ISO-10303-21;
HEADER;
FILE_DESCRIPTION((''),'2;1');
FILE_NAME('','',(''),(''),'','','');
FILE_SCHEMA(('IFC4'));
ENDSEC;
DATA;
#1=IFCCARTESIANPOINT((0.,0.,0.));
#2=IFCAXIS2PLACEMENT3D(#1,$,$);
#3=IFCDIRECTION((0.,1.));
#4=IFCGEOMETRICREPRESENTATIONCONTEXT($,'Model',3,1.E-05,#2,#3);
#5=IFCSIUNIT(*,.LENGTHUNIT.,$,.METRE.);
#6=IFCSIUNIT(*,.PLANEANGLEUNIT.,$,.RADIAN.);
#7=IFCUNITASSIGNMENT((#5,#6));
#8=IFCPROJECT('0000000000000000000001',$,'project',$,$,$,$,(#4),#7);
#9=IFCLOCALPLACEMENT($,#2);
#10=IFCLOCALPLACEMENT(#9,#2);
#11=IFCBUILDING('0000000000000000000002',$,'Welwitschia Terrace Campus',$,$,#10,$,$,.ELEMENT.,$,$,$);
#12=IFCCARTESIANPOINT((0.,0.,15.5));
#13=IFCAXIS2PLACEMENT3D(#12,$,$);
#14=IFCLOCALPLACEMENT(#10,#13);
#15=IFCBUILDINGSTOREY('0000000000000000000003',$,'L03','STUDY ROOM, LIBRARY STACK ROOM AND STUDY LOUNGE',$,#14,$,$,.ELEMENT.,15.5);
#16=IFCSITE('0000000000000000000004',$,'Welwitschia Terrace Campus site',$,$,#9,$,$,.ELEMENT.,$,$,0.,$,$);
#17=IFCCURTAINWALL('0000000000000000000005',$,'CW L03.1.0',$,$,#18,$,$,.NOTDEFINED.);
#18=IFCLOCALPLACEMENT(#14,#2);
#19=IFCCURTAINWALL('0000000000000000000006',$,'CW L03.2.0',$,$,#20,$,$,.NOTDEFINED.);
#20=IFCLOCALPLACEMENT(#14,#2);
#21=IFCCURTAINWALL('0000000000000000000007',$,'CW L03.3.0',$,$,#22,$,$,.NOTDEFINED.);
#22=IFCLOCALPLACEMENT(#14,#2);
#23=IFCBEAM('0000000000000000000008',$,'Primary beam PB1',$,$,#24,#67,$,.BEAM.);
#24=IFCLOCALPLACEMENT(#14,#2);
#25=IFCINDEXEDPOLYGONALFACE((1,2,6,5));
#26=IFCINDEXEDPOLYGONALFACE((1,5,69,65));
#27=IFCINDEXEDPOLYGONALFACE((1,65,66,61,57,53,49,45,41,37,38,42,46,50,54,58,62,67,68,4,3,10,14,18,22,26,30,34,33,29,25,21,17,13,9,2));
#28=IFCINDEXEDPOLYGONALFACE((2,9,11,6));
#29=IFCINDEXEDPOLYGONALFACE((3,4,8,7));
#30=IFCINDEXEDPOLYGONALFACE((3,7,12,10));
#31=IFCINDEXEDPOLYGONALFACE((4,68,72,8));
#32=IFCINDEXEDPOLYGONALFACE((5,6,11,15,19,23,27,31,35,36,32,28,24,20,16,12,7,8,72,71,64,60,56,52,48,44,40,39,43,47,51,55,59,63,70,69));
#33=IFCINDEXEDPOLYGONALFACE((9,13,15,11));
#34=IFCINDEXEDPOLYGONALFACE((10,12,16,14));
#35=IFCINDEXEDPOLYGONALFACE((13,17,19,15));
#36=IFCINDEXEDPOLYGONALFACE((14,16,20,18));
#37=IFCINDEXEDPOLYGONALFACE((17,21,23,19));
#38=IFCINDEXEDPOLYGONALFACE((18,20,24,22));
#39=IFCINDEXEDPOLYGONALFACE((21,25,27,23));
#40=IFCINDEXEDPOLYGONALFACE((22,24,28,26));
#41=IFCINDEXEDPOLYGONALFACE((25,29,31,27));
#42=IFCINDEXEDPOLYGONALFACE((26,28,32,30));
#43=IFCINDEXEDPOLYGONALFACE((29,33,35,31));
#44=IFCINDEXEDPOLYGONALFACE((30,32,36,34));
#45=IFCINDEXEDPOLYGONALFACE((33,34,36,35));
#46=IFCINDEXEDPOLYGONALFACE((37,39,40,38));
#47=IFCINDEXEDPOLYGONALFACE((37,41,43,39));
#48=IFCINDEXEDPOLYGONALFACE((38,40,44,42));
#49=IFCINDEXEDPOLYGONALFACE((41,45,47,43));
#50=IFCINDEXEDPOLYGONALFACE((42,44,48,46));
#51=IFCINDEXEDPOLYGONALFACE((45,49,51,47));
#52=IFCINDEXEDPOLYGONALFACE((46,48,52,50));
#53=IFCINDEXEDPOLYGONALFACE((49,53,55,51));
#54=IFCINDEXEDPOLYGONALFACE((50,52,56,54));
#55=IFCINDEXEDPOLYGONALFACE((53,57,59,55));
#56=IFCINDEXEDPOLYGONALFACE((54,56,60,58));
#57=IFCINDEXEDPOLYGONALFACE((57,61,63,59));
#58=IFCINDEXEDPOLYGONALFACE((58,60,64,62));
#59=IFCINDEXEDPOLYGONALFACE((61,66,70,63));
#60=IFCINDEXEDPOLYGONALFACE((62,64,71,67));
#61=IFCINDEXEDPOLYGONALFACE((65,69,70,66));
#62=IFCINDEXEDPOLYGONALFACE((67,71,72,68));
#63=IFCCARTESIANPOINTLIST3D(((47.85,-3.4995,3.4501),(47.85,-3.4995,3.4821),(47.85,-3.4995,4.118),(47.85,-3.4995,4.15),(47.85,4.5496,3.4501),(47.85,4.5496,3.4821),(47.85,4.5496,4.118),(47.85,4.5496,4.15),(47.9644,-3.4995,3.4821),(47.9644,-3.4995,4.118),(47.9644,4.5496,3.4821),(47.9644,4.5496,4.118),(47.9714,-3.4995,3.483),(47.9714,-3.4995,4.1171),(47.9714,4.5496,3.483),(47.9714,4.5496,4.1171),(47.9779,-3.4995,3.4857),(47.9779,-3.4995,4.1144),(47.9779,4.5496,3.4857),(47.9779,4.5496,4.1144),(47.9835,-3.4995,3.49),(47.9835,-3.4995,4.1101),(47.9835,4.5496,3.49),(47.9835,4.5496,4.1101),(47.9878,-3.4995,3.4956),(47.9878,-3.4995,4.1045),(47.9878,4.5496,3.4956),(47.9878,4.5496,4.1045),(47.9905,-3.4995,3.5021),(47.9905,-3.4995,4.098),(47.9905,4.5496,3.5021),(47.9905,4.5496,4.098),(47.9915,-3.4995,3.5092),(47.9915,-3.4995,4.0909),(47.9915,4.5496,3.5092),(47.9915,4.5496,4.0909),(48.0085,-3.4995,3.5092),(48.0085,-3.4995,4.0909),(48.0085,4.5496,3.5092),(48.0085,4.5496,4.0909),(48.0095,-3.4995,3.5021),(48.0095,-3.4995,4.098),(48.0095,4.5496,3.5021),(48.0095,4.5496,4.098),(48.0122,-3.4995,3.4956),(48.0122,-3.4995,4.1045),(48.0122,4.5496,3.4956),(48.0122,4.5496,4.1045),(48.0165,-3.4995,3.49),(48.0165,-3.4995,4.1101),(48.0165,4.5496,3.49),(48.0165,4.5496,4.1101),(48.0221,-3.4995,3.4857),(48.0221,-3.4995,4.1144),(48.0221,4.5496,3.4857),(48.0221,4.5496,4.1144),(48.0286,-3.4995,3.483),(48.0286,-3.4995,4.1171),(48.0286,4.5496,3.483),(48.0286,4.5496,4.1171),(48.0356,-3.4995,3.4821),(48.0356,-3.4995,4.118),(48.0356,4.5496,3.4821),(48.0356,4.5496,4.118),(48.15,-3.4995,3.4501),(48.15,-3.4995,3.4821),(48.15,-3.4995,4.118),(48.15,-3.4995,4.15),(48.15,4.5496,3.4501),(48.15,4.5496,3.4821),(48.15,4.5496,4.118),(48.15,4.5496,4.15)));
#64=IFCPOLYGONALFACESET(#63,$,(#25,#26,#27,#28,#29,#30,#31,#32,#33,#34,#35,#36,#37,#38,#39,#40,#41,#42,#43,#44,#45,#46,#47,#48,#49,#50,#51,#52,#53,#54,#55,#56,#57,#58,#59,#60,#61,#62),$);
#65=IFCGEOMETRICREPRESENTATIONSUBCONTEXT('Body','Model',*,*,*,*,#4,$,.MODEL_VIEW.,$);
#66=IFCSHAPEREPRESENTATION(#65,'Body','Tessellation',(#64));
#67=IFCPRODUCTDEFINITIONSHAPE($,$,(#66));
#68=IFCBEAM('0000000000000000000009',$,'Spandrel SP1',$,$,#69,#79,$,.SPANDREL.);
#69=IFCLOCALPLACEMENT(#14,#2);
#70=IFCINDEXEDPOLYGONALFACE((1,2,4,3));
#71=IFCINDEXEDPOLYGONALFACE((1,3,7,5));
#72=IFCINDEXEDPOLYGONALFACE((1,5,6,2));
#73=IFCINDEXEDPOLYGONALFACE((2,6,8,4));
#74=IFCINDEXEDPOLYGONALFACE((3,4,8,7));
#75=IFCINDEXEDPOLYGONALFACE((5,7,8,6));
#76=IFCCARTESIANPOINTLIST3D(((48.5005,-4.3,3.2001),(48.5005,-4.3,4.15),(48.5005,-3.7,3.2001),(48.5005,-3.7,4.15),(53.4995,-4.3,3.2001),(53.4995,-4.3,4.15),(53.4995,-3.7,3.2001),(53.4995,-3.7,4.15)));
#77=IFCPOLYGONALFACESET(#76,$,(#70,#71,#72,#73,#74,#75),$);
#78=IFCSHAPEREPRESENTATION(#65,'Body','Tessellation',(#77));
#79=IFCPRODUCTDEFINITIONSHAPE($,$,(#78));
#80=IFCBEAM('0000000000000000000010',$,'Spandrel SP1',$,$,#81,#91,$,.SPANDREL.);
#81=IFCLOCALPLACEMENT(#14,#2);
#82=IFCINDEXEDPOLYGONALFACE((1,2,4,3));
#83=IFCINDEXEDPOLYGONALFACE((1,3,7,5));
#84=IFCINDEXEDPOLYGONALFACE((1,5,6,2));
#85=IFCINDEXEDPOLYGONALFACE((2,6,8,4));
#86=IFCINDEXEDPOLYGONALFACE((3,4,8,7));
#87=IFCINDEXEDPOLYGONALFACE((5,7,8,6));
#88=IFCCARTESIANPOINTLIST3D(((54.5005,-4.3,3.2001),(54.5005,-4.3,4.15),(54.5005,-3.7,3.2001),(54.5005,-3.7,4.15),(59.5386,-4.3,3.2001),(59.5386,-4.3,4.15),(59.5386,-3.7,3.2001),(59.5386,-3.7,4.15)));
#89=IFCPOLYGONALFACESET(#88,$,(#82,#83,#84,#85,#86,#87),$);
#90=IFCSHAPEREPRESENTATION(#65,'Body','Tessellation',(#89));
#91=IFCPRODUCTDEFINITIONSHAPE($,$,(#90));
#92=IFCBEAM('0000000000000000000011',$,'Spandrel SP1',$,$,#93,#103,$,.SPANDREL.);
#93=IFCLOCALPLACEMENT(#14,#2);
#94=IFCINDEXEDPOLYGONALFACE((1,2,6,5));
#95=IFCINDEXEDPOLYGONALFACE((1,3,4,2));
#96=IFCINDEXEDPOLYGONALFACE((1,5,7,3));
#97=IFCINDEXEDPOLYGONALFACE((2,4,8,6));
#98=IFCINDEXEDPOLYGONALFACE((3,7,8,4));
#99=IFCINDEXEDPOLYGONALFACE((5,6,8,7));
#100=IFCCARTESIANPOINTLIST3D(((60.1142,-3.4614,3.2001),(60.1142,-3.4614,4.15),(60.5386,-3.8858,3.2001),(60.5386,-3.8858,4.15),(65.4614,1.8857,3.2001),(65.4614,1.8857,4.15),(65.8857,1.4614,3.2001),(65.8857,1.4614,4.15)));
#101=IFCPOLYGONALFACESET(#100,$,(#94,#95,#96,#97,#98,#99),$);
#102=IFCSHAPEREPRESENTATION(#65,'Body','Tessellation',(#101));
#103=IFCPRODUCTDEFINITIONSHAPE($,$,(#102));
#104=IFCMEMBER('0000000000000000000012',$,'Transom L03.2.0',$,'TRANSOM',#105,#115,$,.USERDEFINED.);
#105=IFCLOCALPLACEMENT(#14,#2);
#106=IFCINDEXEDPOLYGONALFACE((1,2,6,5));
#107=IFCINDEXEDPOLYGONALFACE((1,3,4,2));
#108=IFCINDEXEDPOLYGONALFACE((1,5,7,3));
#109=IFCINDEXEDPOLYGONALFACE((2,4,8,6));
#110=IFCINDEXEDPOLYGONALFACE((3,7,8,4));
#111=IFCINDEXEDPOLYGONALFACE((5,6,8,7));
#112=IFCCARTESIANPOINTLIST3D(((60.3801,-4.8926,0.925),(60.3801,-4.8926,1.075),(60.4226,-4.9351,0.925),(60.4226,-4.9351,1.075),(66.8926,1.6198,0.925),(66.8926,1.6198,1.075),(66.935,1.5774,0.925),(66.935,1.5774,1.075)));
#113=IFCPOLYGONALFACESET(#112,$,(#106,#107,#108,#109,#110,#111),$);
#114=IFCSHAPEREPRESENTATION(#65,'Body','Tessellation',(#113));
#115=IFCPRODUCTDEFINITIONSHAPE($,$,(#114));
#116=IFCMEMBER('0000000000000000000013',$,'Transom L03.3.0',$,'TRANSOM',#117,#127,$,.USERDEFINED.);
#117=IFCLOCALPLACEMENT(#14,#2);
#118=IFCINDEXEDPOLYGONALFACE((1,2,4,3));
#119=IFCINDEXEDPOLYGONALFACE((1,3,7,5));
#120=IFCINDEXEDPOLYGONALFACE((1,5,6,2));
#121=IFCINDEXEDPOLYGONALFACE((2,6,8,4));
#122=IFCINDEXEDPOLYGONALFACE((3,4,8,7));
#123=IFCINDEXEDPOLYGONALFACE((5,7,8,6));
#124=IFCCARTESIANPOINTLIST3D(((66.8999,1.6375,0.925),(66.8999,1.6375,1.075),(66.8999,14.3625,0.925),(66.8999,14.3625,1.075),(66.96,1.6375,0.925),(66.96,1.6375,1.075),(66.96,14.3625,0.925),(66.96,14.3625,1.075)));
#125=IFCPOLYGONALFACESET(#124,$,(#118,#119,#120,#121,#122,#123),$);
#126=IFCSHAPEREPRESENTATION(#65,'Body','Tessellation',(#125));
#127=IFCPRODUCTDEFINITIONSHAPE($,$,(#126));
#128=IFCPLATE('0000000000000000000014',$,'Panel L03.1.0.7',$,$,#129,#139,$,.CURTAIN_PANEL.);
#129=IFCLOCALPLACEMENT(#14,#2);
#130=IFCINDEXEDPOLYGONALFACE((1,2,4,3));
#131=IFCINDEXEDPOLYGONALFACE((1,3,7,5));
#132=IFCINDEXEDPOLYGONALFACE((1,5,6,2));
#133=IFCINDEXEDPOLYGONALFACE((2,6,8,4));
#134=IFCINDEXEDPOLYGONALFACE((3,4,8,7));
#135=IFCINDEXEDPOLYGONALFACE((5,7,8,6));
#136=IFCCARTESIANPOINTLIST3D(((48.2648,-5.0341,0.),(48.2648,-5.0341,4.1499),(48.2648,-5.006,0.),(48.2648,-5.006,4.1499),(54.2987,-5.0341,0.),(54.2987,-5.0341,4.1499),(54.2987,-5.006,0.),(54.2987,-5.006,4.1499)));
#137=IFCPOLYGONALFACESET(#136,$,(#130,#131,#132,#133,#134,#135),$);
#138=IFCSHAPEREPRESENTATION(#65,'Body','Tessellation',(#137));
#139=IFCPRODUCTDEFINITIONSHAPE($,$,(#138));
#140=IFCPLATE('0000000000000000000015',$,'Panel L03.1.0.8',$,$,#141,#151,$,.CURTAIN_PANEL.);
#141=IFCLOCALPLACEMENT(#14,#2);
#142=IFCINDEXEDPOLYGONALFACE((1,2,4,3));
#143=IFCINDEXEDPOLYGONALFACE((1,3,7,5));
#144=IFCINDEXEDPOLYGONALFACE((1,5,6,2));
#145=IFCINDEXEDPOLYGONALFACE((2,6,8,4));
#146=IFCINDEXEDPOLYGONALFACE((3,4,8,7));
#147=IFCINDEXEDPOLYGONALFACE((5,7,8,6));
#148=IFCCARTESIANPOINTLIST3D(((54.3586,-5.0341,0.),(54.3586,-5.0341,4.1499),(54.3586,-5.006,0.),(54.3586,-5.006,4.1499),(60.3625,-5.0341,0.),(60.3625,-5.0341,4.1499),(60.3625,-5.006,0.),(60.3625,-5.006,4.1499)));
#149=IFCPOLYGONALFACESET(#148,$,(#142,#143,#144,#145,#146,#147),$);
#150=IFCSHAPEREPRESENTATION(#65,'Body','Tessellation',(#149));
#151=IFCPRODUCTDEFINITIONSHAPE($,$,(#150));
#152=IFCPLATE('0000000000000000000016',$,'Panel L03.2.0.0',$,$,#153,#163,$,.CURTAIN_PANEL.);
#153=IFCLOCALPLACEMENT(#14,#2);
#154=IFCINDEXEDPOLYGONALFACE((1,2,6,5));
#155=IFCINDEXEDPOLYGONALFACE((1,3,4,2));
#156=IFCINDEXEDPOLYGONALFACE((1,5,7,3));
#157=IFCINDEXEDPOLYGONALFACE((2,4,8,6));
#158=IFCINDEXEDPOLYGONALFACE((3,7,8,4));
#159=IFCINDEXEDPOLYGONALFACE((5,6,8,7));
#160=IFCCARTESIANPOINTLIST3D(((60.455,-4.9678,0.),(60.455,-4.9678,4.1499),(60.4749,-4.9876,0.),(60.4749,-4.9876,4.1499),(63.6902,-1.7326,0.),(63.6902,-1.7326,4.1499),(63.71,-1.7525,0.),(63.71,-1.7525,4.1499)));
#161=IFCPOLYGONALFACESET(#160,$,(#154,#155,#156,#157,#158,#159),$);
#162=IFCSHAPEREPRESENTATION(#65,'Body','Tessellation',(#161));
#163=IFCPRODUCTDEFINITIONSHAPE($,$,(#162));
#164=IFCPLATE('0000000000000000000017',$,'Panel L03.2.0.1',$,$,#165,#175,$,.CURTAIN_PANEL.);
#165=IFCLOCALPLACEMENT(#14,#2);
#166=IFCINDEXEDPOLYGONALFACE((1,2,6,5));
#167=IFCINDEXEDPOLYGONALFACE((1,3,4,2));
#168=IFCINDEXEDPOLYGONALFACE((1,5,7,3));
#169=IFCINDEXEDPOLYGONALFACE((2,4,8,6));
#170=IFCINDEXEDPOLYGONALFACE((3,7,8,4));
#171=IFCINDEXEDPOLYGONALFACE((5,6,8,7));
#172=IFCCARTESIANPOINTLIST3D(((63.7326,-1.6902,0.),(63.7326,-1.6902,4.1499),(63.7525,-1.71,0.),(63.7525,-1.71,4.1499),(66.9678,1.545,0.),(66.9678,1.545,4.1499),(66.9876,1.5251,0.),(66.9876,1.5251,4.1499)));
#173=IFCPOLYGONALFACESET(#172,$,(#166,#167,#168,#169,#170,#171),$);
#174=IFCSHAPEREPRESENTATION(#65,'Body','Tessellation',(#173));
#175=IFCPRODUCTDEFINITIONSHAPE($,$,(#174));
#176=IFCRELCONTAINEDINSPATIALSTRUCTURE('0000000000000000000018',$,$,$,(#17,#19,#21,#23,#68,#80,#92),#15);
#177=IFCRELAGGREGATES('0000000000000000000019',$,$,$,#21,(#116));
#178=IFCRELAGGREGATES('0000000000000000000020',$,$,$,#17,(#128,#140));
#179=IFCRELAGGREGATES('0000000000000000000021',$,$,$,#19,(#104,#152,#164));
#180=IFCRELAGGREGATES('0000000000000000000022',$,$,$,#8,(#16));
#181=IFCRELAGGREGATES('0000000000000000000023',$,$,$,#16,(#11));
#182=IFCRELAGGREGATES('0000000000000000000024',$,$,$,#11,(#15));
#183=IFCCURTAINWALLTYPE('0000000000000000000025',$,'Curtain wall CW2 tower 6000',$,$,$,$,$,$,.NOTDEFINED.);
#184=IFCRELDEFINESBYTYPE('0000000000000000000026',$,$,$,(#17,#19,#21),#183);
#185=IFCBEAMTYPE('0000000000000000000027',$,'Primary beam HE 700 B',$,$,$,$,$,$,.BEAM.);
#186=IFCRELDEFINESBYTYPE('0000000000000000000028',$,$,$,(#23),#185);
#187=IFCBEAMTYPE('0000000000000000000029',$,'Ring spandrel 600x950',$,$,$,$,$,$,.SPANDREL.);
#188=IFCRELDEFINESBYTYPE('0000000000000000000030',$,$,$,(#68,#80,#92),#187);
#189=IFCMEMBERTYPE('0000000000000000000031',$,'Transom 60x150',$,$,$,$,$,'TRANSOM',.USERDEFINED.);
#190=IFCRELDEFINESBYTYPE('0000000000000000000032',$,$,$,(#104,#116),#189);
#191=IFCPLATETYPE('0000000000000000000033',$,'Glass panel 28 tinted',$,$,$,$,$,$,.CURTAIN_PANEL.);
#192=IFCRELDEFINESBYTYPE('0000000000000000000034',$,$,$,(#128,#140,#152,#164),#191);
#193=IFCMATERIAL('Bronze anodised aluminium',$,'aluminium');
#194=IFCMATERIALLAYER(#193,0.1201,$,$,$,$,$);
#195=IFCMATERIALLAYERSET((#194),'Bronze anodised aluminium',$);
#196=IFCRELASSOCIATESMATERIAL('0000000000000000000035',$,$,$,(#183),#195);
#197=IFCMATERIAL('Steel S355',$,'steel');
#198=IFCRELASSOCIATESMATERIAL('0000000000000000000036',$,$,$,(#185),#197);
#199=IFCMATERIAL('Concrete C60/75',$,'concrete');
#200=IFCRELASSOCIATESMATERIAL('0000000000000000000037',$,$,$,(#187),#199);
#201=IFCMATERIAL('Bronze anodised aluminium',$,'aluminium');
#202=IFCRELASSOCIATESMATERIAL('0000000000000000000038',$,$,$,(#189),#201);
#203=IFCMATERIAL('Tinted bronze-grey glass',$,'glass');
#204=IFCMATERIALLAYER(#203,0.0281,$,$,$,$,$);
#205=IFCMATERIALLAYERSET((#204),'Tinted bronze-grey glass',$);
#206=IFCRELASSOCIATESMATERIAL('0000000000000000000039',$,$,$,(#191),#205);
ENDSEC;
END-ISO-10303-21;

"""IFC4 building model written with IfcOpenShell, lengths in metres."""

from ifc_helpers import new_model, si_unit, direction, frame, origin, origin_2d, place, context, subcontext, project, spatial, rectangle, i_section, extrude, material, layer, layer_set, material_profile, profile_set, type_object, element, aggregate, save


model = new_model("IFC4")

# Units and contexts
model_context = context("Model", 3, precision=1e-05, world=origin(), true_north=direction((0.0, 1.0)))
body_context = subcontext(model_context, "Body", "Model", "MODEL_VIEW")
ifc_project = project(units=[si_unit("LENGTHUNIT", "METRE"), si_unit("PLANEANGLEUNIT", "RADIAN")], contexts=[model_context])

# Site, building, storey
site_placement = place(None, origin())
site = spatial("IfcSite", under=ifc_project, at=site_placement, Name="Welwitschia Terrace Campus site", CompositionType="ELEMENT", RefElevation=0.0)
building_placement = place(site_placement, origin())
building = spatial("IfcBuilding", under=site, at=building_placement, Name="Welwitschia Terrace Campus", CompositionType="ELEMENT")
storey_placement = place(building_placement, frame((0.0, 0.0, 15.5)))
storey = spatial("IfcBuildingStorey", under=building, at=storey_placement, Name="L03", Description="STUDY ROOM, LIBRARY STACK ROOM AND STUDY LOUNGE", CompositionType="ELEMENT", Elevation=15.5)

# Curtain walls
ifc_material_1 = material(Name="Bronze anodised aluminium", Category="aluminium")
ifc_layer_1 = layer(ifc_material_1, 0.1201)
ifc_layer_set_1 = layer_set([ifc_layer_1], Name="Bronze anodised aluminium")
curtain_wall_type = type_object("IfcCurtainWallType", Name="Curtain wall CW2 tower 6000", PredefinedType="NOTDEFINED", material=ifc_layer_set_1)
curtain_wall_1_placement = place(storey_placement, origin())
curtain_wall_1 = element("IfcCurtainWall", 1, at=curtain_wall_1_placement, inside=storey, type_object=curtain_wall_type, Name="CW L03.1.0", PredefinedType="NOTDEFINED")
curtain_wall_2_placement = place(storey_placement, origin())
curtain_wall_2 = element("IfcCurtainWall", 2, at=curtain_wall_2_placement, inside=storey, type_object=curtain_wall_type, Name="CW L03.2.0", PredefinedType="NOTDEFINED")

# Curtain wall
curtain_wall_3_placement = place(storey_placement, origin())
curtain_wall_3 = element("IfcCurtainWall", 3, at=curtain_wall_3_placement, inside=storey, type_object=curtain_wall_type, Name="CW L03.3.0", PredefinedType="NOTDEFINED")

# Beams
ifc_material_2 = material(Name="Steel S355", Category="steel")
ifc_material_profile_1 = material_profile(ifc_material_2, i_section(OverallWidth=0.3, OverallDepth=0.7, WebThickness=0.0171, FlangeThickness=0.032, FilletRadius=0.0271, at=origin_2d()))
ifc_profile_set_1 = profile_set([ifc_material_profile_1], Name="Steel S355")
beam_type_1 = type_object("IfcBeamType", Name="Primary beam HE 700 B", PredefinedType="BEAM", material=ifc_profile_set_1)
beam_1_placement = place(storey_placement, frame((48.0, -3.4995, 3.8), z_axis=(0.0, 1.0, 0.0), x_axis=(-1.0, 0.0, 0.0)))
element("IfcBeam", 4, at=beam_1_placement, inside=storey, type_object=beam_type_1, Name="Primary beam PB1", PredefinedType="BEAM", context=body_context, shape_type="SweptSolid", body=[
    extrude(i_section(OverallWidth=0.3, OverallDepth=0.7, WebThickness=0.0171, FlangeThickness=0.032, FilletRadius=0.0271, at=origin_2d()), origin(), (0.0, 0.0, 1.0), 8.0491),
])
ifc_material_3 = material(Name="Concrete C60/75", Category="concrete")
ifc_material_profile_2 = material_profile(ifc_material_3, rectangle(XDim=0.6001, YDim=0.95, at=origin_2d()))
ifc_profile_set_2 = profile_set([ifc_material_profile_2], Name="Concrete C60/75")
beam_type_2 = type_object("IfcBeamType", Name="Ring spandrel 600x950", PredefinedType="SPANDREL", material=ifc_profile_set_2)
beam_2_placement = place(storey_placement, frame((48.5005, -4.0, 3.675), z_axis=(1.0, 0.0, 0.0), x_axis=(0.0, 1.0, 0.0)))
element("IfcBeam", 5, at=beam_2_placement, inside=storey, type_object=beam_type_2, Name="Spandrel SP1", PredefinedType="SPANDREL", context=body_context, shape_type="SweptSolid", body=[
    extrude(rectangle(XDim=0.6001, YDim=0.95, at=origin_2d()), origin(), (0.0, 0.0, 1.0), 4.999),
])
beam_3_placement = place(storey_placement, frame((54.5005, -4.0, 3.675), z_axis=(1.0, 0.0, 0.0), x_axis=(0.0, 1.0, 0.0)))
element("IfcBeam", 6, at=beam_3_placement, inside=storey, type_object=beam_type_2, Name="Spandrel SP1", PredefinedType="SPANDREL", context=body_context, shape_type="SweptSolid", body=[
    extrude(rectangle(XDim=0.6001, YDim=0.95, at=origin_2d()), origin(), (0.0, 0.0, 1.0), 5.0381),
])
beam_4_placement = place(storey_placement, frame((60.3264, -3.6736, 3.675), z_axis=(0.707107, 0.707107, 0.0), x_axis=(-0.707107, 0.707107, 0.0)))
element("IfcBeam", 7, at=beam_4_placement, inside=storey, type_object=beam_type_2, Name="Spandrel SP1", PredefinedType="SPANDREL", context=body_context, shape_type="SweptSolid", body=[
    extrude(rectangle(XDim=0.6001, YDim=0.95, at=origin_2d()), origin(), (0.0, 0.0, 1.0), 7.562),
])

# Members
ifc_material_4 = material(Name="Bronze anodised aluminium", Category="aluminium")
ifc_material_profile_3 = material_profile(ifc_material_4, rectangle(XDim=0.0601, YDim=0.1499, at=origin_2d()))
ifc_profile_set_3 = profile_set([ifc_material_profile_3], Name="Bronze anodised aluminium")
member_type_1 = type_object("IfcMemberType", Name="Transom 60x150", ElementType="TRANSOM", PredefinedType="USERDEFINED", material=ifc_profile_set_3)
member_1_placement = place(storey_placement, frame((60.4014, -4.9138, 1.0), z_axis=(0.707107, 0.707107, 0.0), x_axis=(-0.707107, 0.707107, 0.0)))
member_1 = element("IfcMember", 8, at=member_1_placement, type_object=member_type_1, Name="Transom L03.2.0", ObjectType="TRANSOM", PredefinedType="USERDEFINED", context=body_context, shape_type="SweptSolid", body=[
    extrude(rectangle(XDim=0.0601, YDim=0.1499, at=origin_2d()), origin(), (0.0, 0.0, 1.0), 9.21),
])
member_2_placement = place(storey_placement, frame((66.9299, 1.6375, 1.0), z_axis=(0.0, 1.0, 0.0), x_axis=(-1.0, 0.0, 0.0)))
member_2 = element("IfcMember", 9, at=member_2_placement, type_object=member_type_1, Name="Transom L03.3.0", ObjectType="TRANSOM", PredefinedType="USERDEFINED", context=body_context, shape_type="SweptSolid", body=[
    extrude(rectangle(XDim=0.0601, YDim=0.1499, at=origin_2d()), origin(), (0.0, 0.0, 1.0), 12.7251),
])
aggregate(curtain_wall_3, [member_2])

# Plates
ifc_material_5 = material(Name="Tinted bronze-grey glass", Category="glass")
ifc_layer_2 = layer(ifc_material_5, 0.0281)
ifc_layer_set_2 = layer_set([ifc_layer_2], Name="Tinted bronze-grey glass")
plate_type = type_object("IfcPlateType", Name="Glass panel 28 tinted", PredefinedType="CURTAIN_PANEL", material=ifc_layer_set_2)
plate_1_placement = place(storey_placement, frame((51.2817, -5.02, 0.0), z_axis=(0.0, 0.0, 1.0), x_axis=(1.0, 0.0, 0.0)))
plate_1 = element("IfcPlate", 10, at=plate_1_placement, type_object=plate_type, Name="Panel L03.1.0.7", PredefinedType="CURTAIN_PANEL", context=body_context, shape_type="SweptSolid", body=[
    extrude(rectangle(XDim=6.0339, YDim=0.0281, at=origin_2d()), origin(), (0.0, 0.0, 1.0), 4.1499),
])
plate_2_placement = place(storey_placement, frame((57.3606, -5.02, 0.0), z_axis=(0.0, 0.0, 1.0), x_axis=(1.0, 0.0, 0.0)))
plate_2 = element("IfcPlate", 11, at=plate_2_placement, type_object=plate_type, Name="Panel L03.1.0.8", PredefinedType="CURTAIN_PANEL", context=body_context, shape_type="SweptSolid", body=[
    extrude(rectangle(XDim=6.0039, YDim=0.0281, at=origin_2d()), origin(), (0.0, 0.0, 1.0), 4.1499),
])
aggregate(curtain_wall_1, [plate_1, plate_2])
plate_3_placement = place(storey_placement, frame((62.0825, -3.3601, 0.0), z_axis=(0.0, 0.0, 1.0), x_axis=(0.707107, 0.707107, 0.0)))
plate_3 = element("IfcPlate", 12, at=plate_3_placement, type_object=plate_type, Name="Panel L03.2.0.0", PredefinedType="CURTAIN_PANEL", context=body_context, shape_type="SweptSolid", body=[
    extrude(rectangle(XDim=4.5752, YDim=0.0281, at=origin_2d()), origin(), (0.0, 0.0, 1.0), 4.1499),
])
plate_4_placement = place(storey_placement, frame((65.3601, -0.0825, 0.0), z_axis=(0.0, 0.0, 1.0), x_axis=(0.707107, 0.707107, 0.0)))
plate_4 = element("IfcPlate", 13, at=plate_4_placement, type_object=plate_type, Name="Panel L03.2.0.1", PredefinedType="CURTAIN_PANEL", context=body_context, shape_type="SweptSolid", body=[
    extrude(rectangle(XDim=4.5752, YDim=0.0281, at=origin_2d()), origin(), (0.0, 0.0, 1.0), 4.1499),
])
aggregate(curtain_wall_2, [member_1, plate_3, plate_4])

save(model, "model.ifc")
